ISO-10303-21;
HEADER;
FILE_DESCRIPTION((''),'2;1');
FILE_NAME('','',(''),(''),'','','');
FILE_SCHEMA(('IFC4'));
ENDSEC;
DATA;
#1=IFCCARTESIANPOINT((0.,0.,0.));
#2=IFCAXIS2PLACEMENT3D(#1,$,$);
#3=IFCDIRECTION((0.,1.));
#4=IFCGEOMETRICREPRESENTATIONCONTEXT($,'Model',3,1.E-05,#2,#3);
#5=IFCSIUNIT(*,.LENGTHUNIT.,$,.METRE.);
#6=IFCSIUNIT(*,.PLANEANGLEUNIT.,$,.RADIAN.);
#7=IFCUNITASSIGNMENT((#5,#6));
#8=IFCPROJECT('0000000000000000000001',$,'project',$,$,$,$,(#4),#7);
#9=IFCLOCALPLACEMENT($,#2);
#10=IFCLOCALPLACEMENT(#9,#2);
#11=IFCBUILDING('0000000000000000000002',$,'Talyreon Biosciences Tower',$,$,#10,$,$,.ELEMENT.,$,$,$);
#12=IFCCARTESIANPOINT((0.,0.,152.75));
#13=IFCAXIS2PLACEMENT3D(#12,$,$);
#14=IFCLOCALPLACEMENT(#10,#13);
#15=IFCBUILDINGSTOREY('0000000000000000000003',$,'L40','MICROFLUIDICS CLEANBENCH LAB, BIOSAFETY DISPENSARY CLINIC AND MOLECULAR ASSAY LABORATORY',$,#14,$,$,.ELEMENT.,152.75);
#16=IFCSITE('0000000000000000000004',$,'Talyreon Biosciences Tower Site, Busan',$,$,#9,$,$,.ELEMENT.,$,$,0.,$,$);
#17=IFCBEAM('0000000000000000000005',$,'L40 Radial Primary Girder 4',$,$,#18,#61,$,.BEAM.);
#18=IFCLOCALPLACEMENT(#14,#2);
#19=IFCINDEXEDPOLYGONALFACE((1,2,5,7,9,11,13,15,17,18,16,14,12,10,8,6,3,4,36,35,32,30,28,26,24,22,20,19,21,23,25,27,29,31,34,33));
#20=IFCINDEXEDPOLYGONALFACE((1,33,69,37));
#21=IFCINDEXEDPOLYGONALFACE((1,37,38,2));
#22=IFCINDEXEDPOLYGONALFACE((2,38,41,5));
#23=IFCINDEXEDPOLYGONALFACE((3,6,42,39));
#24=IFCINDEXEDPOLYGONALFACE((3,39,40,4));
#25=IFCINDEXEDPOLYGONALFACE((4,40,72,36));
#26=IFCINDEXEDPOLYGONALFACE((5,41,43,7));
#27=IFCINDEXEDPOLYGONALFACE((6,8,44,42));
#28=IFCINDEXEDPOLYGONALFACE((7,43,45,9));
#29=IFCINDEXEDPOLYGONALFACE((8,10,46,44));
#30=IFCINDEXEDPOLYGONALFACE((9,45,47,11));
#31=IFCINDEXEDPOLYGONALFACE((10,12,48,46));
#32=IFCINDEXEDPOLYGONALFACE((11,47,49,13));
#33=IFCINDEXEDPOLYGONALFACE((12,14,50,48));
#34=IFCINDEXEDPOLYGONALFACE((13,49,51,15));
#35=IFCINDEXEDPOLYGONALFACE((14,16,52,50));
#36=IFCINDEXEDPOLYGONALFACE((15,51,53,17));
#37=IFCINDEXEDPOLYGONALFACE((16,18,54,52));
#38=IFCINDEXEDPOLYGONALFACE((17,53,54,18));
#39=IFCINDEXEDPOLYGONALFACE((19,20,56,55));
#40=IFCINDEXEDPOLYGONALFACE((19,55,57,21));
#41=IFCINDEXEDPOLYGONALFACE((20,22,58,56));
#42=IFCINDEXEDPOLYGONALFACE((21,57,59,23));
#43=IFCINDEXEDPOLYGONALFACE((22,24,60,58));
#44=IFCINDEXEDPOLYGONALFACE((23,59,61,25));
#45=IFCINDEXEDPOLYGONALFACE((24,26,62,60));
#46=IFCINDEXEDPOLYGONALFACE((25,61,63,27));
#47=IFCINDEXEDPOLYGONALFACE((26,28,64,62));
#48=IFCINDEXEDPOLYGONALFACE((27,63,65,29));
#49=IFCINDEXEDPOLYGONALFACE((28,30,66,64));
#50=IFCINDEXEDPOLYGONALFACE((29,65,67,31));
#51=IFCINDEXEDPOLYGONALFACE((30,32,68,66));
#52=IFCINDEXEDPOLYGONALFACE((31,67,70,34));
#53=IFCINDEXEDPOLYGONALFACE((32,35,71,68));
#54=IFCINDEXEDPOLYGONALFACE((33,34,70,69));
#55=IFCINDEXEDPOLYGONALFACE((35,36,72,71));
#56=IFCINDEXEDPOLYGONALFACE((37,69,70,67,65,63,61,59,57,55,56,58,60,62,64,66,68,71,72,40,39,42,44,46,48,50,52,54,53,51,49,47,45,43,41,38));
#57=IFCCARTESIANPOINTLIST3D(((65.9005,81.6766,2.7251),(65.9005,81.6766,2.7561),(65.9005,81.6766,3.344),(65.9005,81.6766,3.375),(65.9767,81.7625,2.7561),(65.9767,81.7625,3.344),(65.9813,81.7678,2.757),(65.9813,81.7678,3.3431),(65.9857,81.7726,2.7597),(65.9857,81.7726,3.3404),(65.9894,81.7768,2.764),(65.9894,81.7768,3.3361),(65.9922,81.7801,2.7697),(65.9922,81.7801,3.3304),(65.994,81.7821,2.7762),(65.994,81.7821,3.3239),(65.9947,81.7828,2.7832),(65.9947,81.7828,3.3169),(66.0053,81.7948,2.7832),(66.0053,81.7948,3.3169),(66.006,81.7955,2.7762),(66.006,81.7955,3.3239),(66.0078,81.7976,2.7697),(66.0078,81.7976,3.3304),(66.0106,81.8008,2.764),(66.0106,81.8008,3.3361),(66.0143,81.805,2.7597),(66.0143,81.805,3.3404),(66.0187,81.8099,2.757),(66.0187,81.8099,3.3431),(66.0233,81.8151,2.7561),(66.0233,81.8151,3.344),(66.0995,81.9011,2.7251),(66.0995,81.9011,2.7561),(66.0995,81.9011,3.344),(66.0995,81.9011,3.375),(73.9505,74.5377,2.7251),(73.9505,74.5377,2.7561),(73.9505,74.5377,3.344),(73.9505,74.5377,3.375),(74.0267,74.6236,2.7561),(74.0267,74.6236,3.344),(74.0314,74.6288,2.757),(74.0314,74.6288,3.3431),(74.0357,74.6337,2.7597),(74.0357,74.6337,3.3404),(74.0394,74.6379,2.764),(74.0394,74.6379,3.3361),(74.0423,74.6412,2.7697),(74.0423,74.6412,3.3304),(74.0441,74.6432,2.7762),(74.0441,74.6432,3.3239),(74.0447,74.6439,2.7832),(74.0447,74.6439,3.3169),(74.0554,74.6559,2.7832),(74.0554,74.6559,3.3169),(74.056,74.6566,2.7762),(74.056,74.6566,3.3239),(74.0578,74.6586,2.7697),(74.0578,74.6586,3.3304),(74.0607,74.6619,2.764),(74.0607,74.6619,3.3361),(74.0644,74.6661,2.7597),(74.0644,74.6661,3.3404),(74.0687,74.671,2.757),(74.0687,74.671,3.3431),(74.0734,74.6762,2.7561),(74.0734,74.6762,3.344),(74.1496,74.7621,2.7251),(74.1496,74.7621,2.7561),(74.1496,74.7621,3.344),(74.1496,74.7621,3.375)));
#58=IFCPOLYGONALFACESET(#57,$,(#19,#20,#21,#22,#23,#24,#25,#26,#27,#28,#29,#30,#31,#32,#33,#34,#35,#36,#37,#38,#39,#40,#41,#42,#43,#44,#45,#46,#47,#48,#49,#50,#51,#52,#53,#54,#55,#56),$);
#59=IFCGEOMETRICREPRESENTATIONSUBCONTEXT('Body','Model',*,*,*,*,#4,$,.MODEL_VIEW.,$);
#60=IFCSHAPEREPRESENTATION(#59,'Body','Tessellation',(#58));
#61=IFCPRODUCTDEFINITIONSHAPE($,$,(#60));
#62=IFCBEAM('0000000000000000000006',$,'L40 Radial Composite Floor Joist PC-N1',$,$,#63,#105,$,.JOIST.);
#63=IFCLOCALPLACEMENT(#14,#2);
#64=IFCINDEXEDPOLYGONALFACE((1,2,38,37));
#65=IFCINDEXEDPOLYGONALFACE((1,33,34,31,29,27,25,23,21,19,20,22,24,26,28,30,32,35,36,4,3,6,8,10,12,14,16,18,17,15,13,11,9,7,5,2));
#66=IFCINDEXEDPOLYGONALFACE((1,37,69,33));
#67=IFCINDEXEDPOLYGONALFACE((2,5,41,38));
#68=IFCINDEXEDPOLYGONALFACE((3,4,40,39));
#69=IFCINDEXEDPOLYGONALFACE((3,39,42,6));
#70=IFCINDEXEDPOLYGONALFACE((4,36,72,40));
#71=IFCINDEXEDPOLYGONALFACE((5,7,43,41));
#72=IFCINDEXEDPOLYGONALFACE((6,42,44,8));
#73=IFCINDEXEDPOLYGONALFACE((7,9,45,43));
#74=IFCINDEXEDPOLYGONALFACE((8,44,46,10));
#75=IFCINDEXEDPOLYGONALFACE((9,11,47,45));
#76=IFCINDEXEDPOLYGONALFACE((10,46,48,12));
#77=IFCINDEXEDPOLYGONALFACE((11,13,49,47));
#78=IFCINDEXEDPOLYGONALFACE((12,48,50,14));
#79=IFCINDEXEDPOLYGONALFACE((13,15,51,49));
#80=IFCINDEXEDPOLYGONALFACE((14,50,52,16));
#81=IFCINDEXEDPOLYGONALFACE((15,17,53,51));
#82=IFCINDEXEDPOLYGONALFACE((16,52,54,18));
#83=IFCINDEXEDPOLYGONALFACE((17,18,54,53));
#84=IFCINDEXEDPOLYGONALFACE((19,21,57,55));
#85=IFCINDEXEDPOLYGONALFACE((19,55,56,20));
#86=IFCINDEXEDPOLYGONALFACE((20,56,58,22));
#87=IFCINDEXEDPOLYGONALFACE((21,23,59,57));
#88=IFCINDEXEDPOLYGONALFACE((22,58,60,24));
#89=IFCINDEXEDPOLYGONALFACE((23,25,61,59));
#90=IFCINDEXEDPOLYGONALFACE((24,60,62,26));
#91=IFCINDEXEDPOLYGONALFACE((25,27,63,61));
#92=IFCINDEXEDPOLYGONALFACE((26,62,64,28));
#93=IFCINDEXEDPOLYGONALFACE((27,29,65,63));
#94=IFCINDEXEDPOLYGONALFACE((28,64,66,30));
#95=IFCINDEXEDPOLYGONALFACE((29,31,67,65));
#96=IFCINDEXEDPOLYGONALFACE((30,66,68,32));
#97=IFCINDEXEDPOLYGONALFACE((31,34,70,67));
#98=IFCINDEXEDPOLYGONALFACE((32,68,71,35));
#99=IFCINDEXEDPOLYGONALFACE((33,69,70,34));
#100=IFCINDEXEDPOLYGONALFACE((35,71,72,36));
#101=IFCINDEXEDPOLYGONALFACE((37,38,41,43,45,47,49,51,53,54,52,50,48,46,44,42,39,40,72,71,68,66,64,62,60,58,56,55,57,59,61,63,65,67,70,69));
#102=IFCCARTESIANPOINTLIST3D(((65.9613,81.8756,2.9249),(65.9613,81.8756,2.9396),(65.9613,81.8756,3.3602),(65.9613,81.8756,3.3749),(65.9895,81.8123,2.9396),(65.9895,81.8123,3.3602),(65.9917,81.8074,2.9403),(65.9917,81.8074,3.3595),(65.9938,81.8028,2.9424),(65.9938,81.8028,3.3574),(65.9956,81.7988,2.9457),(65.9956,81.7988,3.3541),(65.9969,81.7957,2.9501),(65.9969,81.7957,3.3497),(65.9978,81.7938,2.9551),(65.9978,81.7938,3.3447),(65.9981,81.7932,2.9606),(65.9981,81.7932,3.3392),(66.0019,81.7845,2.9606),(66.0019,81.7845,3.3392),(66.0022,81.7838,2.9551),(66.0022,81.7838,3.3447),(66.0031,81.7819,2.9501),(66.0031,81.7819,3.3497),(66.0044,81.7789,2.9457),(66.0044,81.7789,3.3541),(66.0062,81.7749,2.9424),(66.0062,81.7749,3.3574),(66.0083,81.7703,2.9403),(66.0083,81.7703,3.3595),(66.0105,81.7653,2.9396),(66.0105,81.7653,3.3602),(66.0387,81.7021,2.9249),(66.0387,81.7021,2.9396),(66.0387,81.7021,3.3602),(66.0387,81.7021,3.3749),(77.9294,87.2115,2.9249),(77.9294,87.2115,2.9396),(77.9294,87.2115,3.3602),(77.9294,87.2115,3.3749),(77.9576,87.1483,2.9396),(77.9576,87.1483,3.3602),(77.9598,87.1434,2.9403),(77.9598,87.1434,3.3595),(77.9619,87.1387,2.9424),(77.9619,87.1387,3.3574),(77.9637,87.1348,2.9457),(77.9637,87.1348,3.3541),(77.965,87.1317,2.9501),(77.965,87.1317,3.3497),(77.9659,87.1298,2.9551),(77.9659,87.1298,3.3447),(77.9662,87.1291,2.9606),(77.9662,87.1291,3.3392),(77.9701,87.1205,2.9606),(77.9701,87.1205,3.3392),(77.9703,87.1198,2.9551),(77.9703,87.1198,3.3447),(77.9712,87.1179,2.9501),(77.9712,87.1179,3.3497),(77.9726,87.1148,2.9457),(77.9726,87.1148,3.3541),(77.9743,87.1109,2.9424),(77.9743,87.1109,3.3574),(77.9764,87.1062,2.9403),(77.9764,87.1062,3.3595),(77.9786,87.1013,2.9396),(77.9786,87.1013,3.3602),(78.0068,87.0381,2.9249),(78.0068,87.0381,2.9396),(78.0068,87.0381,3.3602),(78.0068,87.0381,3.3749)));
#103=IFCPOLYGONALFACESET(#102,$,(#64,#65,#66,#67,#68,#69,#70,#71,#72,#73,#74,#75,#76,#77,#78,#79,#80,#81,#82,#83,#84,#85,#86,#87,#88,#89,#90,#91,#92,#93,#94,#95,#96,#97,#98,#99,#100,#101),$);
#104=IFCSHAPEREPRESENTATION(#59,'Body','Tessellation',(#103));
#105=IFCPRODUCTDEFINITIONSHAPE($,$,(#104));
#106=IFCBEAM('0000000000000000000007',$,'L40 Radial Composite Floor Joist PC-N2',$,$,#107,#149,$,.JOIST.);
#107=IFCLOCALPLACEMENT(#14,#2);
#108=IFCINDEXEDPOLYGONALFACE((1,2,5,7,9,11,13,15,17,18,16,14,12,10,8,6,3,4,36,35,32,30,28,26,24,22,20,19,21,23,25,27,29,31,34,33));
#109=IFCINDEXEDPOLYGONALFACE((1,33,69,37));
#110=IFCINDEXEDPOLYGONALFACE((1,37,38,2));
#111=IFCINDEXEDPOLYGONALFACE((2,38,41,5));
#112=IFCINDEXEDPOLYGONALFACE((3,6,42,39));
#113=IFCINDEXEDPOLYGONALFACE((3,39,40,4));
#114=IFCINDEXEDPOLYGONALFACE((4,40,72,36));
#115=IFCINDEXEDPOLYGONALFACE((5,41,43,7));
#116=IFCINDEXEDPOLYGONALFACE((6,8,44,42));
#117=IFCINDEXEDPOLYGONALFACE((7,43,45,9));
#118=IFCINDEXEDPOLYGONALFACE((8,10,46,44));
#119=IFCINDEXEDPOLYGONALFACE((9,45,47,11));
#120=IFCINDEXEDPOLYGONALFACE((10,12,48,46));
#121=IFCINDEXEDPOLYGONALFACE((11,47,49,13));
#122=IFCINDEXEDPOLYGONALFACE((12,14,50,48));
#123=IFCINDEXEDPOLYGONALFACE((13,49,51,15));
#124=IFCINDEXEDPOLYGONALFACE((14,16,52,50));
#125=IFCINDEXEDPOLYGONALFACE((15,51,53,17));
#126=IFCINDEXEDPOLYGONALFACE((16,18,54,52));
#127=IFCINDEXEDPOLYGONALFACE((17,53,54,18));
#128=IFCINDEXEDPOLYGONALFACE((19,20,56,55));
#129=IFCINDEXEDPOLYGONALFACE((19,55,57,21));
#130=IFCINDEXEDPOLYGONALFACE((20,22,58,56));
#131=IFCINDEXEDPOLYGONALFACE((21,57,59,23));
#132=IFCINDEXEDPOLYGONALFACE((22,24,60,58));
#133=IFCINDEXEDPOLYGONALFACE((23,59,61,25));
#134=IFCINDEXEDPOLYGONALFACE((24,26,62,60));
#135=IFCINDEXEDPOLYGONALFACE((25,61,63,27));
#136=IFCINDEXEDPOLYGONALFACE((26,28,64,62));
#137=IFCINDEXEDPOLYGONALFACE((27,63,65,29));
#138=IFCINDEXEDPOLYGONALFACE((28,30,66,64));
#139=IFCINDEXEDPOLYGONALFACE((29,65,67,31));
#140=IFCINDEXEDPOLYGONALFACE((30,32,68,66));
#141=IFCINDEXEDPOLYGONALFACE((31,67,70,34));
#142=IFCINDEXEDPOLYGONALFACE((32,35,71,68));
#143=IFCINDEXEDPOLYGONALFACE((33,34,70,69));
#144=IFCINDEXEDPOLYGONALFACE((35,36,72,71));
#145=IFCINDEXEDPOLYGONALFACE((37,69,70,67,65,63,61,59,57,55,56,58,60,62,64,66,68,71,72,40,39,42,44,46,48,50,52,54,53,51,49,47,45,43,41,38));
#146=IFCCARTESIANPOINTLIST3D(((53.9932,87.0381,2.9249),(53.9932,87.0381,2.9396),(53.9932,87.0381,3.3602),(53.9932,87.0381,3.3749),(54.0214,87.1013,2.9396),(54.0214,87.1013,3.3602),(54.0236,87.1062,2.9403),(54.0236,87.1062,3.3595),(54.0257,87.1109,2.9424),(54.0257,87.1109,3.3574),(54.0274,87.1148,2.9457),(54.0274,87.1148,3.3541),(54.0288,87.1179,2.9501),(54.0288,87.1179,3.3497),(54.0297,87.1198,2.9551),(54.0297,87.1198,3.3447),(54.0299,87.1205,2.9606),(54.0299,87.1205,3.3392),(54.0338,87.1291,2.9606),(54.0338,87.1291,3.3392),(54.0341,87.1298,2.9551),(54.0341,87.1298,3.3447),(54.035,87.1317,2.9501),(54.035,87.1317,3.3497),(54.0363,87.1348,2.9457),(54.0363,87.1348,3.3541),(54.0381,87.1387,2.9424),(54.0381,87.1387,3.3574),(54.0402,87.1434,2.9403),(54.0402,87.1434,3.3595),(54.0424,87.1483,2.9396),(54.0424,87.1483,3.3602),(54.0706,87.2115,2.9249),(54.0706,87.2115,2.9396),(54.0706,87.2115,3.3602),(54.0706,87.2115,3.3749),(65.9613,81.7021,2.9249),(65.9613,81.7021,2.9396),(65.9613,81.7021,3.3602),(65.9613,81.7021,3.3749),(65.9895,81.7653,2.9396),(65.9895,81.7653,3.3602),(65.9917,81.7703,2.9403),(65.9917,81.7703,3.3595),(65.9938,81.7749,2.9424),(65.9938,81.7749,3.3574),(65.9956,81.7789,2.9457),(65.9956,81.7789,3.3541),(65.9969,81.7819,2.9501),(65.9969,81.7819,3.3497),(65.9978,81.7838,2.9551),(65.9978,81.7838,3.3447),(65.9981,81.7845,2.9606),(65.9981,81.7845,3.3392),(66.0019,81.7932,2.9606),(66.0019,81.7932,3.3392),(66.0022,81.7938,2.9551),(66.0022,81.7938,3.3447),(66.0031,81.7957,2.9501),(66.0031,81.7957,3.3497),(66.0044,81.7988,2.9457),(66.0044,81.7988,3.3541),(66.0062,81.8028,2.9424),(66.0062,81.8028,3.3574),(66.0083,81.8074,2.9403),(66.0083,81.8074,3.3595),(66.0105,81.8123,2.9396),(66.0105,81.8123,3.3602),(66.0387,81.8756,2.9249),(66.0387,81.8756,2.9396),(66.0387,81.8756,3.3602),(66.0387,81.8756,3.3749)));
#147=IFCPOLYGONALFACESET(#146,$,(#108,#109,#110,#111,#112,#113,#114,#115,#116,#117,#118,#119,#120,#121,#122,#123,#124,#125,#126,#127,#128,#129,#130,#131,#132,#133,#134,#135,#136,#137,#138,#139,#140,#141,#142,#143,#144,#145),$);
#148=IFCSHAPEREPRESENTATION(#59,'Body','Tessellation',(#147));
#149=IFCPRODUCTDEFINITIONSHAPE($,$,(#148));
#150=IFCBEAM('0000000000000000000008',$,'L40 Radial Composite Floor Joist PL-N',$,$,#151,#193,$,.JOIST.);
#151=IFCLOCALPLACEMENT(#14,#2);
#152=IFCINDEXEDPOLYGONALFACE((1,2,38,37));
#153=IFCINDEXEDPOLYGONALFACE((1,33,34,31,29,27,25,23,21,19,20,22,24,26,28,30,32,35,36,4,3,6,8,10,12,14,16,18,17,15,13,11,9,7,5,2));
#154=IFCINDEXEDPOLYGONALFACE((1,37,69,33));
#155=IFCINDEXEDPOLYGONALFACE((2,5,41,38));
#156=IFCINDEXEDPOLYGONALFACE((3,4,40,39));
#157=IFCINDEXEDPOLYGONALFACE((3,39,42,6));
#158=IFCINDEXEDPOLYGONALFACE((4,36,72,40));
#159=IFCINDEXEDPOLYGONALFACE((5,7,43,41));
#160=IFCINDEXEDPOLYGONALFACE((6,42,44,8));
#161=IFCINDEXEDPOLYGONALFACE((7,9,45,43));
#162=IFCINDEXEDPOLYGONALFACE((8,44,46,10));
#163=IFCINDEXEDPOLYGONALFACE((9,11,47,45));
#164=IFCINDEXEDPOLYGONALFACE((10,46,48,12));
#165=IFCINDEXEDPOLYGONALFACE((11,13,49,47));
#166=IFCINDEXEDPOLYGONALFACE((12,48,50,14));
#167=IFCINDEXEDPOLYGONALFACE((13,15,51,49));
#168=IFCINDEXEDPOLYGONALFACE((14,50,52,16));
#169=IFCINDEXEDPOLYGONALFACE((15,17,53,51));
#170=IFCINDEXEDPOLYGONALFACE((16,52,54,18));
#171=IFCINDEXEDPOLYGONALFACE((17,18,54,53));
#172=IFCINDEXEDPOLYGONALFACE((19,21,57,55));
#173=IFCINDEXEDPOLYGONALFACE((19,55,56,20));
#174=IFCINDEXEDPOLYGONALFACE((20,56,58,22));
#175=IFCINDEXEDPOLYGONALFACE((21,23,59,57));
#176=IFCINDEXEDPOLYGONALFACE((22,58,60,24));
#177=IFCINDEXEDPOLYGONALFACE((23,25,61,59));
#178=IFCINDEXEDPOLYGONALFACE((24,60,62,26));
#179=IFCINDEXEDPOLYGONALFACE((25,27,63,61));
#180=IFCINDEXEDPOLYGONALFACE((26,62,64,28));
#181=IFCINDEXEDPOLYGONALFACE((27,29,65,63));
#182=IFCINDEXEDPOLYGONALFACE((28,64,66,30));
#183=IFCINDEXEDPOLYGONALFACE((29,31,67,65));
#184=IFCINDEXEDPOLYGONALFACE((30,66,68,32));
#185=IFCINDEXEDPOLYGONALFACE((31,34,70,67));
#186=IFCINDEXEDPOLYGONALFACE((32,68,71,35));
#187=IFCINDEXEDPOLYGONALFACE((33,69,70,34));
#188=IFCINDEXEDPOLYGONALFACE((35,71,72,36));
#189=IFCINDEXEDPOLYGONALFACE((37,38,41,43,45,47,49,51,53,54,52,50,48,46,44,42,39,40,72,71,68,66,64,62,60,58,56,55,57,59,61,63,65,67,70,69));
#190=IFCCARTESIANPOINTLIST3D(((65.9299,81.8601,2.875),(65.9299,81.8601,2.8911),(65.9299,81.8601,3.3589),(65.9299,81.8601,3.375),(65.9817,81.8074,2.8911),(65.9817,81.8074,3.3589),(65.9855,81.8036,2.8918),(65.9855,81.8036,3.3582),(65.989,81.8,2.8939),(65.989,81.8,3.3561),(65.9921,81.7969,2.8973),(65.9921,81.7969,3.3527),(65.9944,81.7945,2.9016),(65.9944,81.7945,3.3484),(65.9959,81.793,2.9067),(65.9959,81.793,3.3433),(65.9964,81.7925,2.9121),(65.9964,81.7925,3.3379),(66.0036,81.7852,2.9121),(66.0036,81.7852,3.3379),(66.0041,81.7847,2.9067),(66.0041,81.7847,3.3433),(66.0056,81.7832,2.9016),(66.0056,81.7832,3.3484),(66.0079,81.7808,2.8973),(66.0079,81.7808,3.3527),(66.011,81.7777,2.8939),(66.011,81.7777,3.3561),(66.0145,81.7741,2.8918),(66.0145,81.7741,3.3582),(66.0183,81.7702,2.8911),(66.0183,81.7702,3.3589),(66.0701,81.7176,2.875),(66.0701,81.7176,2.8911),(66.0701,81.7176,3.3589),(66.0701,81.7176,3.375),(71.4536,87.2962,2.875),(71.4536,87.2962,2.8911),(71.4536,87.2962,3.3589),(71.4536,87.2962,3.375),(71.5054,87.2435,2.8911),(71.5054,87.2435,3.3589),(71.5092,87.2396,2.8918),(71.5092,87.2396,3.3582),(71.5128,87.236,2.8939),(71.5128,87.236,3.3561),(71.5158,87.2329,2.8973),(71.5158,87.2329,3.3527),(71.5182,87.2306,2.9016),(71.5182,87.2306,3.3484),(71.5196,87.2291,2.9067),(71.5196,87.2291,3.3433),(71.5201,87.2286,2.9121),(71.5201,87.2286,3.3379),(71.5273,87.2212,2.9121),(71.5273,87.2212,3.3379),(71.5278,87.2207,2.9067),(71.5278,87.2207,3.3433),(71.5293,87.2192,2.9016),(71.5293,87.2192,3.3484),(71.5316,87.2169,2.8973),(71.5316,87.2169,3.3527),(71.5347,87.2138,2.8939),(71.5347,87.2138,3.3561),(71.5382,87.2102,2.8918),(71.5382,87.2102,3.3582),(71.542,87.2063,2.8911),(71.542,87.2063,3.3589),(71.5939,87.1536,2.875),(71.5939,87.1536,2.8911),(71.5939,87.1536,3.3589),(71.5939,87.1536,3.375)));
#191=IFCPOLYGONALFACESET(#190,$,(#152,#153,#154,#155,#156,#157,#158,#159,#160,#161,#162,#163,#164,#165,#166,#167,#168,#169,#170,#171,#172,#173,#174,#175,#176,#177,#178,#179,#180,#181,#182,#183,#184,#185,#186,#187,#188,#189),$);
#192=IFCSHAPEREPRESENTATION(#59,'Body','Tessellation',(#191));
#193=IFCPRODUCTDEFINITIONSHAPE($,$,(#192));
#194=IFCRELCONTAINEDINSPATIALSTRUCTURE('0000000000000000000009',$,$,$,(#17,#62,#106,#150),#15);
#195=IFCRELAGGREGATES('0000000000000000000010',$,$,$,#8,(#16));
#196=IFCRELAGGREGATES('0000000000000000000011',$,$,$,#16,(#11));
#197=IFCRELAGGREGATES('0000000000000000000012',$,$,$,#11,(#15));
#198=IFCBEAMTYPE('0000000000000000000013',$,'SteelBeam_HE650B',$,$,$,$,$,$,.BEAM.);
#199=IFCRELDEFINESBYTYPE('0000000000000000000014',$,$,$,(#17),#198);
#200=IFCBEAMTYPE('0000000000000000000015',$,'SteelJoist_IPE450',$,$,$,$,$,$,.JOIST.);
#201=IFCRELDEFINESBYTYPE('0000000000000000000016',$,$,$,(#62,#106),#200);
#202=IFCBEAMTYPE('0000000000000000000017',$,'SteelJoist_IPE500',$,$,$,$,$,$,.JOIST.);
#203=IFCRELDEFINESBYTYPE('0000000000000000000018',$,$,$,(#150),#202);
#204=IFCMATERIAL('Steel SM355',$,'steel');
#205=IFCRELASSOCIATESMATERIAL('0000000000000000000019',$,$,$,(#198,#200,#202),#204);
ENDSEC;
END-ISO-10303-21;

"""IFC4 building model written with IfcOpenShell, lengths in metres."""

from ifc_helpers import new_model, si_unit, direction, frame, origin, origin_2d, place, context, subcontext, project, spatial, i_section, extrude, material, material_profile, profile_set, type_object, element, save


model = new_model("IFC4")

# Units and contexts
model_context = context("Model", 3, precision=1e-05, world=origin(), true_north=direction((0.0, 1.0)))
body_context = subcontext(model_context, "Body", "Model", "MODEL_VIEW")
ifc_project = project(units=[si_unit("LENGTHUNIT", "METRE"), si_unit("PLANEANGLEUNIT", "RADIAN")], contexts=[model_context])

# Site, building, storey
site_placement = place(None, origin())
site = spatial("IfcSite", under=ifc_project, at=site_placement, Name="Talyreon Biosciences Tower Site, Busan", CompositionType="ELEMENT", RefElevation=0.0)
building_placement = place(site_placement, origin())
building = spatial("IfcBuilding", under=site, at=building_placement, Name="Talyreon Biosciences Tower", CompositionType="ELEMENT")
storey_placement = place(building_placement, frame((0.0, 0.0, 152.75)))
storey = spatial("IfcBuildingStorey", under=building, at=storey_placement, Name="L40", Description="MICROFLUIDICS CLEANBENCH LAB, BIOSAFETY DISPENSARY CLINIC AND MOLECULAR ASSAY LABORATORY", CompositionType="ELEMENT", Elevation=152.75)

# Beams
ifc_material_1 = material(Name="Steel SM355", Category="steel")
ifc_material_profile_1 = material_profile(ifc_material_1, i_section(OverallWidth=0.3, OverallDepth=0.6499, WebThickness=0.0161, FlangeThickness=0.031, FilletRadius=0.0271, at=origin_2d()), Name="HE650B")
ifc_profile_set_1 = profile_set([ifc_material_profile_1], Name="Steel SM355")
beam_type_1 = type_object("IfcBeamType", Name="SteelBeam_HE650B", PredefinedType="BEAM", material=ifc_profile_set_1)
beam_1_placement = place(storey_placement, frame((74.05, 74.6499, 3.05), z_axis=(-0.748179, 0.663497, 0.0), x_axis=(-0.663497, -0.748179, 0.0)))
element("IfcBeam", 1, at=beam_1_placement, inside=storey, type_object=beam_type_1, Name="L40 Radial Primary Girder 4", PredefinedType="BEAM", context=body_context, shape_type="SweptSolid", body=[
    extrude(i_section(OverallWidth=0.3, OverallDepth=0.6499, WebThickness=0.0161, FlangeThickness=0.031, FilletRadius=0.0271, at=origin_2d()), origin(), (0.0, 0.0, 1.0), 10.7595),
])
ifc_material_profile_2 = material_profile(ifc_material_1, i_section(OverallWidth=0.1899, OverallDepth=0.45, WebThickness=0.0095, FlangeThickness=0.0146, FilletRadius=0.021, at=origin_2d()), Name="IPE450")
ifc_profile_set_2 = profile_set([ifc_material_profile_2], Name="Steel SM355")
beam_type_2 = type_object("IfcBeamType", Name="SteelJoist_IPE450", PredefinedType="JOIST", material=ifc_profile_set_2)
for number, where, z_axis, x_axis, name in (
    (2, (66.0, 81.7888, 3.1499), (0.913335, 0.40721, 0.0), (-0.40721, 0.913335, 0.0), "L40 Radial Composite Floor Joist PC-N1"),
    (3, (66.0, 81.7888, 3.1499), (-0.913335, 0.40721, 0.0), (-0.40721, -0.913335, 0.0), "L40 Radial Composite Floor Joist PC-N2"),
):
    element("IfcBeam", number, at=place(storey_placement, frame(where, z_axis=z_axis, x_axis=x_axis)), inside=storey, type_object=beam_type_2, Name=name, PredefinedType="JOIST", context=body_context, shape_type="SweptSolid", body=[
        extrude(i_section(OverallWidth=0.1899, OverallDepth=0.45, WebThickness=0.0095, FlangeThickness=0.0146, FilletRadius=0.021, at=origin_2d()), origin(), (0.0, 0.0, 1.0), 13.1038),
    ])
ifc_material_profile_3 = material_profile(ifc_material_1, i_section(OverallWidth=0.2, OverallDepth=0.5, WebThickness=0.0103, FlangeThickness=0.0161, FilletRadius=0.021, at=origin_2d()), Name="IPE500")
ifc_profile_set_3 = profile_set([ifc_material_profile_3], Name="Steel SM355")
beam_type_3 = type_object("IfcBeamType", Name="SteelJoist_IPE500", PredefinedType="JOIST", material=ifc_profile_set_3)
beam_2_placement = place(storey_placement, frame((66.0, 81.7888, 3.125), z_axis=(0.712739, 0.70143, 0.0), x_axis=(-0.70143, 0.712739, 0.0)))
element("IfcBeam", 4, at=beam_2_placement, inside=storey, type_object=beam_type_3, Name="L40 Radial Composite Floor Joist PL-N", PredefinedType="JOIST", context=body_context, shape_type="SweptSolid", body=[
    extrude(i_section(OverallWidth=0.2, OverallDepth=0.5, WebThickness=0.0103, FlangeThickness=0.0161, FilletRadius=0.021, at=origin_2d()), origin(), (0.0, 0.0, 1.0), 7.75),
])

save(model, "model.ifc")
